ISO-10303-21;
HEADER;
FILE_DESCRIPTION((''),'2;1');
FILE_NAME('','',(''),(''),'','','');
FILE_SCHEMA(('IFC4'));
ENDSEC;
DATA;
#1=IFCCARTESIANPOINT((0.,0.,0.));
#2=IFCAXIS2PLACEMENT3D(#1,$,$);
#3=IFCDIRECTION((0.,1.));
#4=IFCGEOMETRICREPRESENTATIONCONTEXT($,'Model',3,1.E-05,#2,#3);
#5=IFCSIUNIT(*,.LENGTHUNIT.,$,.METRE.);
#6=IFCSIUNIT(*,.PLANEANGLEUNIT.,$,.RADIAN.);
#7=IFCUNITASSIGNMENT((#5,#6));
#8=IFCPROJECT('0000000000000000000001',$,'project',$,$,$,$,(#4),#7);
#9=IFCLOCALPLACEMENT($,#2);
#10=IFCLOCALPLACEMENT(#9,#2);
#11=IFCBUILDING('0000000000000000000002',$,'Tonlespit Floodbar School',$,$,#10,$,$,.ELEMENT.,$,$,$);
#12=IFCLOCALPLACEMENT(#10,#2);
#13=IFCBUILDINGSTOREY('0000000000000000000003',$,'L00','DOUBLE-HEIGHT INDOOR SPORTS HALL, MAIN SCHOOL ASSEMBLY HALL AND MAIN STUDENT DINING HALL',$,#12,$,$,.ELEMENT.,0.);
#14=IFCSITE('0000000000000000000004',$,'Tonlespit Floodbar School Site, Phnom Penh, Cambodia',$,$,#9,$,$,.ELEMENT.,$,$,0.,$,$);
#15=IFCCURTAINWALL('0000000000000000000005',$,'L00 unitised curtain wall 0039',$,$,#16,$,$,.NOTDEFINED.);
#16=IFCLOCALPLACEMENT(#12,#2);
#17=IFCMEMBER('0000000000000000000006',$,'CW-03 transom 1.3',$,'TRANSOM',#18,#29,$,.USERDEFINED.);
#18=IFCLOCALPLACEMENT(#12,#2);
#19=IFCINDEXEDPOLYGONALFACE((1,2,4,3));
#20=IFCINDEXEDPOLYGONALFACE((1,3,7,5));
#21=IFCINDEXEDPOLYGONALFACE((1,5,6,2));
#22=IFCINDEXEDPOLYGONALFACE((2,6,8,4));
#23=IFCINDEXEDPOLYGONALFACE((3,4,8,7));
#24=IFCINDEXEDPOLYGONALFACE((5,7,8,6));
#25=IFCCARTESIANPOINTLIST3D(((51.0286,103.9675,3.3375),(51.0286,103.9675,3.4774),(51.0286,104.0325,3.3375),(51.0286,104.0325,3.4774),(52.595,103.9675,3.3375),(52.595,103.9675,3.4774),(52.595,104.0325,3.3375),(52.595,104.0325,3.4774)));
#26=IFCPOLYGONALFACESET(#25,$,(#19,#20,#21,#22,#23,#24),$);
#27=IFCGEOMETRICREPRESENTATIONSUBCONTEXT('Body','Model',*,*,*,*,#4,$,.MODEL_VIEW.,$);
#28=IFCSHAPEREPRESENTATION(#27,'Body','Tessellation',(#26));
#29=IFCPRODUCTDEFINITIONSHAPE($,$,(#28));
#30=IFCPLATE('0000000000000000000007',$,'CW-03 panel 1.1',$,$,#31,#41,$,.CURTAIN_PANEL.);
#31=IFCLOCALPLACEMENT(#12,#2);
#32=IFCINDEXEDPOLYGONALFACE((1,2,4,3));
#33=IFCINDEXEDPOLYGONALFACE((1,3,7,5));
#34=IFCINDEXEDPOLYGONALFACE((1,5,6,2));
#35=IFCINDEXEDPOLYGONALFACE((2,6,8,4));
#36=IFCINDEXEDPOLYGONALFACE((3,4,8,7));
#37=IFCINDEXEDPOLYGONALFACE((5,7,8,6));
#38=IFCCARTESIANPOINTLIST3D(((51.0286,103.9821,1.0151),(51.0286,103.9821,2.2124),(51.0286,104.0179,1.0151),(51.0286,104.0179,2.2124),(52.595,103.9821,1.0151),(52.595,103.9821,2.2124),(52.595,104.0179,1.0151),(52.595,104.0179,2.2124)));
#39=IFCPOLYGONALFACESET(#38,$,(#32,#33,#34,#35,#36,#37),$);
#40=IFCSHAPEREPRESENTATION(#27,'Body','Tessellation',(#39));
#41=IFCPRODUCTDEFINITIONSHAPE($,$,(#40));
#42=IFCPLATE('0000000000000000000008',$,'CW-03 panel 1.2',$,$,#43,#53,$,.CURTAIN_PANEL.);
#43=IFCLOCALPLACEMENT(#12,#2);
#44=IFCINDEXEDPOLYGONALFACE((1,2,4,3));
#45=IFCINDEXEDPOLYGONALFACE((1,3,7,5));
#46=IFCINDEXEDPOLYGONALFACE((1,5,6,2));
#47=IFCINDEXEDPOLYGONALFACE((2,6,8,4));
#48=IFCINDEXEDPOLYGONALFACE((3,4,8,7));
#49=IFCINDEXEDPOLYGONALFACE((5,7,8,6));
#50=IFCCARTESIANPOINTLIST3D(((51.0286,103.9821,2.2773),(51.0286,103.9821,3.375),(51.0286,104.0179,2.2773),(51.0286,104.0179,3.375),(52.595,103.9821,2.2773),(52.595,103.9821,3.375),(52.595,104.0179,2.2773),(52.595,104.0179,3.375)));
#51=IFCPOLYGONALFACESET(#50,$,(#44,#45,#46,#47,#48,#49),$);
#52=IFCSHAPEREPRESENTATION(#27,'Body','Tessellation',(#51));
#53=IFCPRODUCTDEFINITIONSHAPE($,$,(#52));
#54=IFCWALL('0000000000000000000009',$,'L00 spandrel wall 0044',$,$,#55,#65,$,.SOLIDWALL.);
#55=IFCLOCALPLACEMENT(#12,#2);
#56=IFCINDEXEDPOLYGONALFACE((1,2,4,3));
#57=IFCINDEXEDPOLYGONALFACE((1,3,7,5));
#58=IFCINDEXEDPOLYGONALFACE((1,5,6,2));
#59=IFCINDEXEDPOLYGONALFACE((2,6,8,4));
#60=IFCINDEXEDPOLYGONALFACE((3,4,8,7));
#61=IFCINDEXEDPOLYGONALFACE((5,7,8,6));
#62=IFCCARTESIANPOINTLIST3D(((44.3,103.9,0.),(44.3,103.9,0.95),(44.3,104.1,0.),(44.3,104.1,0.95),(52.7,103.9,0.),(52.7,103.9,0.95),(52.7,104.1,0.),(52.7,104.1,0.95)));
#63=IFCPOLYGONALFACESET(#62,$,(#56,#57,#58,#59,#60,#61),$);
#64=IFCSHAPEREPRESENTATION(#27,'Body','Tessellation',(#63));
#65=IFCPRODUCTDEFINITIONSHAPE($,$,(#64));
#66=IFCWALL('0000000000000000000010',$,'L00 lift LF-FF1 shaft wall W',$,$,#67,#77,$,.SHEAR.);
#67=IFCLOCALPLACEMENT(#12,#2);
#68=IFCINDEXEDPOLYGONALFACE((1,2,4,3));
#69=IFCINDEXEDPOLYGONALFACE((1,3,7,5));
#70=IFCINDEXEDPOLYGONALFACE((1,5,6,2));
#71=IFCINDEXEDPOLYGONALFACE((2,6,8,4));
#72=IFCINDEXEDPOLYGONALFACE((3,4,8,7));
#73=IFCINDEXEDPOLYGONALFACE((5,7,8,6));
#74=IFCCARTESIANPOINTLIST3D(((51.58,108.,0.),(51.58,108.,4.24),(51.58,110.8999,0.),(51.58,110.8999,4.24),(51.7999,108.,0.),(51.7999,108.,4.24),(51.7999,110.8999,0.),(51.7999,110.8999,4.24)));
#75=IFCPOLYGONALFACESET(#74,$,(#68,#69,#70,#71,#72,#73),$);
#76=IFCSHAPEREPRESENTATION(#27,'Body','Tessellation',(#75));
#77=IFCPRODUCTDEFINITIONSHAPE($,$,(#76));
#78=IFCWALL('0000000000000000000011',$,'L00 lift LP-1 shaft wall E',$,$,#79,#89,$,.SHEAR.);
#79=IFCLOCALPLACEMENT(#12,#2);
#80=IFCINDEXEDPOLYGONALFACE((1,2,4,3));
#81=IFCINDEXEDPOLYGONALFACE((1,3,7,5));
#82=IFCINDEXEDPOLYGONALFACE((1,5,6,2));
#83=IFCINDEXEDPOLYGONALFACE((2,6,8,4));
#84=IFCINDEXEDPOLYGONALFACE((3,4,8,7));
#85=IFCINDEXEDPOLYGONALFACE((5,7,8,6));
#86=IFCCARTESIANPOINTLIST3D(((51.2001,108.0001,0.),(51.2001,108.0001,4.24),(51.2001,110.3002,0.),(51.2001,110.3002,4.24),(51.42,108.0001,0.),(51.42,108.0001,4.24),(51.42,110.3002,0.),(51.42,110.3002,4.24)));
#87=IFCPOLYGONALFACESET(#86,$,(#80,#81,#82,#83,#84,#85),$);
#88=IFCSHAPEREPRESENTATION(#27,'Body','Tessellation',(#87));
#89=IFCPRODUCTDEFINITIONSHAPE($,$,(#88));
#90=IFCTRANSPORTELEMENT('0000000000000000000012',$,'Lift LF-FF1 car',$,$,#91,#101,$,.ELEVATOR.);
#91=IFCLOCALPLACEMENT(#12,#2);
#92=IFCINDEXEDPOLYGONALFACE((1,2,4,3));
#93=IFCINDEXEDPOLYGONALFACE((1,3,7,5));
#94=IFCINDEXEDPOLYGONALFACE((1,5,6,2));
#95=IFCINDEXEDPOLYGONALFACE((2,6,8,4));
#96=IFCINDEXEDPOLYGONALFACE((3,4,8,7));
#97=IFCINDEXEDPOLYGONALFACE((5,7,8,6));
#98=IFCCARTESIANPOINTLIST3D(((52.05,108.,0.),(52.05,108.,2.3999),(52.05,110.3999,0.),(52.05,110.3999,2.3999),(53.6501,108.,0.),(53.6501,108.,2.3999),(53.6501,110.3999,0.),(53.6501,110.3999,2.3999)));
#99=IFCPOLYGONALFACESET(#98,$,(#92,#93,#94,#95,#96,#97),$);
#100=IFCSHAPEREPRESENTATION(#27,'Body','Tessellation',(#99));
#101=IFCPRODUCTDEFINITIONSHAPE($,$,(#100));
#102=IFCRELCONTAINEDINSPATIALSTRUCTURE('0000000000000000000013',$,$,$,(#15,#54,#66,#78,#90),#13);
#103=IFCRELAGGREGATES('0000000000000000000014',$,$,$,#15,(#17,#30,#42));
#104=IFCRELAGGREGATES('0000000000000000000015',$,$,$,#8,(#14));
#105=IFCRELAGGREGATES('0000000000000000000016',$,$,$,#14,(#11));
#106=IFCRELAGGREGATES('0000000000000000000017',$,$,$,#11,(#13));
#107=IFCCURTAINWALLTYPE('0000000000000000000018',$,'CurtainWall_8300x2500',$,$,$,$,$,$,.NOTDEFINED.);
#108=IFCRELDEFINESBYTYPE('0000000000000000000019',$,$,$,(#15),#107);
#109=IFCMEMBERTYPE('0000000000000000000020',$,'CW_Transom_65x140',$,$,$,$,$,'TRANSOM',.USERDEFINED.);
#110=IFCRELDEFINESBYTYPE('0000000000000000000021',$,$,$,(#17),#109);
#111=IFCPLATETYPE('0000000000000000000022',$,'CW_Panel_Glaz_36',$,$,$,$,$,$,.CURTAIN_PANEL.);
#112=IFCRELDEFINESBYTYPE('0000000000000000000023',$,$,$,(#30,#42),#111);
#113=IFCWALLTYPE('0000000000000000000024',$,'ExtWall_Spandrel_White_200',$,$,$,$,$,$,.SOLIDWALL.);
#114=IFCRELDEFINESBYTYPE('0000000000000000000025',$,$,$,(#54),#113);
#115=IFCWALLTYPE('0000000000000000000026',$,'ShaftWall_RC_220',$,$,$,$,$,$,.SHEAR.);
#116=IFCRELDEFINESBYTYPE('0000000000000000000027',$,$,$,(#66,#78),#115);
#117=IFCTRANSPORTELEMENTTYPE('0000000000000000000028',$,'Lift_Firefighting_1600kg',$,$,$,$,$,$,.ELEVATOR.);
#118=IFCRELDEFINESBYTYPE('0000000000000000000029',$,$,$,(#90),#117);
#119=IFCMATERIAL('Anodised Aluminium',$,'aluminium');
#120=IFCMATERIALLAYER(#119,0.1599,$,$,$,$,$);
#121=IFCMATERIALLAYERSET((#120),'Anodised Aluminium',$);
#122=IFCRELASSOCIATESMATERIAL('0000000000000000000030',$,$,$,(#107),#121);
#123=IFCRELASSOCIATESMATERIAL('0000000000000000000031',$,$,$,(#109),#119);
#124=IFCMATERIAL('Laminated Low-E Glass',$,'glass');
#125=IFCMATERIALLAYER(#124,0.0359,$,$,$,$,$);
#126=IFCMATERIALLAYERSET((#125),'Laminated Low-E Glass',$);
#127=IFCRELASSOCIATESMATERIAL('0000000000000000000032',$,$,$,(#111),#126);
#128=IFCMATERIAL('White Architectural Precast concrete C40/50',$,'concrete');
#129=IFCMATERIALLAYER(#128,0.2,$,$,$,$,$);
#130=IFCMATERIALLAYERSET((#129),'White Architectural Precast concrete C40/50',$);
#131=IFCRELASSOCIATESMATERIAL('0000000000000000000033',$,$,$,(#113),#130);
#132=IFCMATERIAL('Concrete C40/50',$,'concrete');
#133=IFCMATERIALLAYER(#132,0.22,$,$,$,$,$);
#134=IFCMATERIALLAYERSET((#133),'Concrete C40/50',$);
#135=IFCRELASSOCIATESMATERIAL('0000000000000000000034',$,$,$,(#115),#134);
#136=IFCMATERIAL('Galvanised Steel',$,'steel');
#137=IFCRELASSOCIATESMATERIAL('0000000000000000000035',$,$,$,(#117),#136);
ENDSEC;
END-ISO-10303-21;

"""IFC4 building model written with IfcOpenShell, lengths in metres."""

from ifc_helpers import new_model, si_unit, direction, frame, frame_2d, origin, origin_2d, place, context, subcontext, project, spatial, rectangle, extrude, material, layer, layer_set, material_profile, profile_set, type_object, element, aggregate, save


model = new_model("IFC4")

# Units and contexts
model_context = context("Model", 3, precision=1e-05, world=origin(), true_north=direction((0.0, 1.0)))
body_context = subcontext(model_context, "Body", "Model", "MODEL_VIEW")
ifc_project = project(units=[si_unit("LENGTHUNIT", "METRE"), si_unit("PLANEANGLEUNIT", "RADIAN")], contexts=[model_context])

# Site, building, storey
site_placement = place(None, origin())
site = spatial("IfcSite", under=ifc_project, at=site_placement, Name="Tonlespit Floodbar School Site, Phnom Penh, Cambodia", CompositionType="ELEMENT", RefElevation=0.0)
building_placement = place(site_placement, origin())
building = spatial("IfcBuilding", under=site, at=building_placement, Name="Tonlespit Floodbar School", CompositionType="ELEMENT")
storey_placement = place(building_placement, origin())
storey = spatial("IfcBuildingStorey", under=building, at=storey_placement, Name="L00", Description="DOUBLE-HEIGHT INDOOR SPORTS HALL, MAIN SCHOOL ASSEMBLY HALL AND MAIN STUDENT DINING HALL", CompositionType="ELEMENT", Elevation=0.0)

# Shared definitions
ifc_material_1 = material(Name="Concrete C40/50", Category="concrete")

# Curtain wall, member, plates
ifc_material_2 = material(Name="Anodised Aluminium", Category="aluminium")
ifc_layer_1 = layer(ifc_material_2, 0.1599)
ifc_layer_set_1 = layer_set([ifc_layer_1], Name="Anodised Aluminium")
curtain_wall_type = type_object("IfcCurtainWallType", Name="CurtainWall_8300x2500", PredefinedType="NOTDEFINED", material=ifc_layer_set_1)
curtain_wall_placement = place(storey_placement, origin())
curtain_wall = element("IfcCurtainWall", 1, at=curtain_wall_placement, inside=storey, type_object=curtain_wall_type, Name="L00 unitised curtain wall 0039", PredefinedType="NOTDEFINED")
ifc_material_profile_1 = material_profile(ifc_material_2, rectangle(XDim=0.0649, YDim=0.1399, at=origin_2d()), Name="ALU T65x140")
ifc_profile_set_1 = profile_set([ifc_material_profile_1], Name="Anodised Aluminium")
member_type_1 = type_object("IfcMemberType", Name="CW_Transom_65x140", ElementType="TRANSOM", PredefinedType="USERDEFINED", material=ifc_profile_set_1)
member_1_placement = place(storey_placement, frame((52.595, 104.0, 3.4075), z_axis=(-1.0, 0.0, 0.0), x_axis=(0.0, -1.0, 0.0)))
member_1 = element("IfcMember", 2, at=member_1_placement, type_object=member_type_1, Name="CW-03 transom 1.3", ObjectType="TRANSOM", PredefinedType="USERDEFINED", context=body_context, shape_type="SweptSolid", body=[
    extrude(rectangle(XDim=0.0649, YDim=0.1399, at=origin_2d()), origin(), (0.0, 0.0, 1.0), 1.5664),
])
ifc_material_3 = material(Name="Laminated Low-E Glass", Category="glass")
ifc_layer_2 = layer(ifc_material_3, 0.0359)
ifc_layer_set_2 = layer_set([ifc_layer_2], Name="Laminated Low-E Glass")
plate_type = type_object("IfcPlateType", Name="CW_Panel_Glaz_36", PredefinedType="CURTAIN_PANEL", material=ifc_layer_set_2)
plate_1_placement = place(storey_placement, frame((51.8118, 104.0, 1.0151), z_axis=(0.0, 0.0, 1.0), x_axis=(-1.0, 0.0, 0.0)))
plate_1 = element("IfcPlate", 3, at=plate_1_placement, type_object=plate_type, Name="CW-03 panel 1.1", PredefinedType="CURTAIN_PANEL", context=body_context, shape_type="SweptSolid", body=[
    extrude(rectangle(XDim=1.5664, YDim=0.0359, at=origin_2d()), origin(), (0.0, 0.0, 1.0), 1.1973),
])
plate_2_placement = place(storey_placement, frame((51.8118, 104.0, 2.2773), z_axis=(0.0, 0.0, 1.0), x_axis=(-1.0, 0.0, 0.0)))
plate_2 = element("IfcPlate", 4, at=plate_2_placement, type_object=plate_type, Name="CW-03 panel 1.2", PredefinedType="CURTAIN_PANEL", context=body_context, shape_type="SweptSolid", body=[
    extrude(rectangle(XDim=1.5664, YDim=0.0359, at=origin_2d()), origin(), (0.0, 0.0, 1.0), 1.0977),
])
aggregate(curtain_wall, [member_1, plate_1, plate_2])

# Walls
ifc_material_4 = material(Name="White Architectural Precast concrete C40/50", Category="concrete")
ifc_layer_3 = layer(ifc_material_4, 0.2)
ifc_layer_set_3 = layer_set([ifc_layer_3], Name="White Architectural Precast concrete C40/50")
wall_type_1 = type_object("IfcWallType", Name="ExtWall_Spandrel_White_200", PredefinedType="SOLIDWALL", material=ifc_layer_set_3)
wall_1_placement = place(storey_placement, frame((52.7, 104.0, 0.0), z_axis=(0.0, 0.0, 1.0), x_axis=(-1.0, 0.0, 0.0)))
element("IfcWall", 5, at=wall_1_placement, inside=storey, type_object=wall_type_1, Name="L00 spandrel wall 0044", PredefinedType="SOLIDWALL", context=body_context, shape_type="SweptSolid", body=[
    extrude(rectangle(XDim=8.3999, YDim=0.2, at=frame_2d((4.2, 0.0))), origin(), (0.0, 0.0, 1.0), 0.95),
])
ifc_layer_4 = layer(ifc_material_1, 0.22)
ifc_layer_set_4 = layer_set([ifc_layer_4], Name="Concrete C40/50")
wall_type_2 = type_object("IfcWallType", Name="ShaftWall_RC_220", PredefinedType="SHEAR", material=ifc_layer_set_4)
wall_2_placement = place(storey_placement, frame((51.6899, 108.0, 0.0), z_axis=(0.0, 0.0, 1.0), x_axis=(0.0, 1.0, 0.0)))
element("IfcWall", 6, at=wall_2_placement, inside=storey, type_object=wall_type_2, Name="L00 lift LF-FF1 shaft wall W", PredefinedType="SHEAR", context=body_context, shape_type="SweptSolid", body=[
    extrude(rectangle(XDim=2.8999, YDim=0.22, at=frame_2d((1.45, 0.0))), origin(), (0.0, 0.0, 1.0), 4.24),
])

# Wall
wall_3_placement = place(storey_placement, frame((51.3101, 110.3, 0.0), z_axis=(0.0, 0.0, 1.0), x_axis=(0.0, -1.0, 0.0)))
element("IfcWall", 7, at=wall_3_placement, inside=storey, type_object=wall_type_2, Name="L00 lift LP-1 shaft wall E", PredefinedType="SHEAR", context=body_context, shape_type="SweptSolid", body=[
    extrude(rectangle(XDim=2.3, YDim=0.22, at=frame_2d((1.1499, 0.0))), origin(), (0.0, 0.0, 1.0), 4.24),
])

# Transport element
ifc_material_5 = material(Name="Galvanised Steel", Category="steel")
transport_element_type = type_object("IfcTransportElementType", Name="Lift_Firefighting_1600kg", PredefinedType="ELEVATOR", material=ifc_material_5)
transport_element_placement = place(storey_placement, frame((52.8501, 109.2, 0.0), z_axis=(0.0, 0.0, 1.0), x_axis=(1.0, 0.0, 0.0)))
element("IfcTransportElement", 8, at=transport_element_placement, inside=storey, type_object=transport_element_type, Name="Lift LF-FF1 car", PredefinedType="ELEVATOR", context=body_context, shape_type="SweptSolid", body=[
    extrude(rectangle(XDim=1.6001, YDim=2.3999, at=origin_2d()), origin(), (0.0, 0.0, 1.0), 2.3999),
])

save(model, "model.ifc")
